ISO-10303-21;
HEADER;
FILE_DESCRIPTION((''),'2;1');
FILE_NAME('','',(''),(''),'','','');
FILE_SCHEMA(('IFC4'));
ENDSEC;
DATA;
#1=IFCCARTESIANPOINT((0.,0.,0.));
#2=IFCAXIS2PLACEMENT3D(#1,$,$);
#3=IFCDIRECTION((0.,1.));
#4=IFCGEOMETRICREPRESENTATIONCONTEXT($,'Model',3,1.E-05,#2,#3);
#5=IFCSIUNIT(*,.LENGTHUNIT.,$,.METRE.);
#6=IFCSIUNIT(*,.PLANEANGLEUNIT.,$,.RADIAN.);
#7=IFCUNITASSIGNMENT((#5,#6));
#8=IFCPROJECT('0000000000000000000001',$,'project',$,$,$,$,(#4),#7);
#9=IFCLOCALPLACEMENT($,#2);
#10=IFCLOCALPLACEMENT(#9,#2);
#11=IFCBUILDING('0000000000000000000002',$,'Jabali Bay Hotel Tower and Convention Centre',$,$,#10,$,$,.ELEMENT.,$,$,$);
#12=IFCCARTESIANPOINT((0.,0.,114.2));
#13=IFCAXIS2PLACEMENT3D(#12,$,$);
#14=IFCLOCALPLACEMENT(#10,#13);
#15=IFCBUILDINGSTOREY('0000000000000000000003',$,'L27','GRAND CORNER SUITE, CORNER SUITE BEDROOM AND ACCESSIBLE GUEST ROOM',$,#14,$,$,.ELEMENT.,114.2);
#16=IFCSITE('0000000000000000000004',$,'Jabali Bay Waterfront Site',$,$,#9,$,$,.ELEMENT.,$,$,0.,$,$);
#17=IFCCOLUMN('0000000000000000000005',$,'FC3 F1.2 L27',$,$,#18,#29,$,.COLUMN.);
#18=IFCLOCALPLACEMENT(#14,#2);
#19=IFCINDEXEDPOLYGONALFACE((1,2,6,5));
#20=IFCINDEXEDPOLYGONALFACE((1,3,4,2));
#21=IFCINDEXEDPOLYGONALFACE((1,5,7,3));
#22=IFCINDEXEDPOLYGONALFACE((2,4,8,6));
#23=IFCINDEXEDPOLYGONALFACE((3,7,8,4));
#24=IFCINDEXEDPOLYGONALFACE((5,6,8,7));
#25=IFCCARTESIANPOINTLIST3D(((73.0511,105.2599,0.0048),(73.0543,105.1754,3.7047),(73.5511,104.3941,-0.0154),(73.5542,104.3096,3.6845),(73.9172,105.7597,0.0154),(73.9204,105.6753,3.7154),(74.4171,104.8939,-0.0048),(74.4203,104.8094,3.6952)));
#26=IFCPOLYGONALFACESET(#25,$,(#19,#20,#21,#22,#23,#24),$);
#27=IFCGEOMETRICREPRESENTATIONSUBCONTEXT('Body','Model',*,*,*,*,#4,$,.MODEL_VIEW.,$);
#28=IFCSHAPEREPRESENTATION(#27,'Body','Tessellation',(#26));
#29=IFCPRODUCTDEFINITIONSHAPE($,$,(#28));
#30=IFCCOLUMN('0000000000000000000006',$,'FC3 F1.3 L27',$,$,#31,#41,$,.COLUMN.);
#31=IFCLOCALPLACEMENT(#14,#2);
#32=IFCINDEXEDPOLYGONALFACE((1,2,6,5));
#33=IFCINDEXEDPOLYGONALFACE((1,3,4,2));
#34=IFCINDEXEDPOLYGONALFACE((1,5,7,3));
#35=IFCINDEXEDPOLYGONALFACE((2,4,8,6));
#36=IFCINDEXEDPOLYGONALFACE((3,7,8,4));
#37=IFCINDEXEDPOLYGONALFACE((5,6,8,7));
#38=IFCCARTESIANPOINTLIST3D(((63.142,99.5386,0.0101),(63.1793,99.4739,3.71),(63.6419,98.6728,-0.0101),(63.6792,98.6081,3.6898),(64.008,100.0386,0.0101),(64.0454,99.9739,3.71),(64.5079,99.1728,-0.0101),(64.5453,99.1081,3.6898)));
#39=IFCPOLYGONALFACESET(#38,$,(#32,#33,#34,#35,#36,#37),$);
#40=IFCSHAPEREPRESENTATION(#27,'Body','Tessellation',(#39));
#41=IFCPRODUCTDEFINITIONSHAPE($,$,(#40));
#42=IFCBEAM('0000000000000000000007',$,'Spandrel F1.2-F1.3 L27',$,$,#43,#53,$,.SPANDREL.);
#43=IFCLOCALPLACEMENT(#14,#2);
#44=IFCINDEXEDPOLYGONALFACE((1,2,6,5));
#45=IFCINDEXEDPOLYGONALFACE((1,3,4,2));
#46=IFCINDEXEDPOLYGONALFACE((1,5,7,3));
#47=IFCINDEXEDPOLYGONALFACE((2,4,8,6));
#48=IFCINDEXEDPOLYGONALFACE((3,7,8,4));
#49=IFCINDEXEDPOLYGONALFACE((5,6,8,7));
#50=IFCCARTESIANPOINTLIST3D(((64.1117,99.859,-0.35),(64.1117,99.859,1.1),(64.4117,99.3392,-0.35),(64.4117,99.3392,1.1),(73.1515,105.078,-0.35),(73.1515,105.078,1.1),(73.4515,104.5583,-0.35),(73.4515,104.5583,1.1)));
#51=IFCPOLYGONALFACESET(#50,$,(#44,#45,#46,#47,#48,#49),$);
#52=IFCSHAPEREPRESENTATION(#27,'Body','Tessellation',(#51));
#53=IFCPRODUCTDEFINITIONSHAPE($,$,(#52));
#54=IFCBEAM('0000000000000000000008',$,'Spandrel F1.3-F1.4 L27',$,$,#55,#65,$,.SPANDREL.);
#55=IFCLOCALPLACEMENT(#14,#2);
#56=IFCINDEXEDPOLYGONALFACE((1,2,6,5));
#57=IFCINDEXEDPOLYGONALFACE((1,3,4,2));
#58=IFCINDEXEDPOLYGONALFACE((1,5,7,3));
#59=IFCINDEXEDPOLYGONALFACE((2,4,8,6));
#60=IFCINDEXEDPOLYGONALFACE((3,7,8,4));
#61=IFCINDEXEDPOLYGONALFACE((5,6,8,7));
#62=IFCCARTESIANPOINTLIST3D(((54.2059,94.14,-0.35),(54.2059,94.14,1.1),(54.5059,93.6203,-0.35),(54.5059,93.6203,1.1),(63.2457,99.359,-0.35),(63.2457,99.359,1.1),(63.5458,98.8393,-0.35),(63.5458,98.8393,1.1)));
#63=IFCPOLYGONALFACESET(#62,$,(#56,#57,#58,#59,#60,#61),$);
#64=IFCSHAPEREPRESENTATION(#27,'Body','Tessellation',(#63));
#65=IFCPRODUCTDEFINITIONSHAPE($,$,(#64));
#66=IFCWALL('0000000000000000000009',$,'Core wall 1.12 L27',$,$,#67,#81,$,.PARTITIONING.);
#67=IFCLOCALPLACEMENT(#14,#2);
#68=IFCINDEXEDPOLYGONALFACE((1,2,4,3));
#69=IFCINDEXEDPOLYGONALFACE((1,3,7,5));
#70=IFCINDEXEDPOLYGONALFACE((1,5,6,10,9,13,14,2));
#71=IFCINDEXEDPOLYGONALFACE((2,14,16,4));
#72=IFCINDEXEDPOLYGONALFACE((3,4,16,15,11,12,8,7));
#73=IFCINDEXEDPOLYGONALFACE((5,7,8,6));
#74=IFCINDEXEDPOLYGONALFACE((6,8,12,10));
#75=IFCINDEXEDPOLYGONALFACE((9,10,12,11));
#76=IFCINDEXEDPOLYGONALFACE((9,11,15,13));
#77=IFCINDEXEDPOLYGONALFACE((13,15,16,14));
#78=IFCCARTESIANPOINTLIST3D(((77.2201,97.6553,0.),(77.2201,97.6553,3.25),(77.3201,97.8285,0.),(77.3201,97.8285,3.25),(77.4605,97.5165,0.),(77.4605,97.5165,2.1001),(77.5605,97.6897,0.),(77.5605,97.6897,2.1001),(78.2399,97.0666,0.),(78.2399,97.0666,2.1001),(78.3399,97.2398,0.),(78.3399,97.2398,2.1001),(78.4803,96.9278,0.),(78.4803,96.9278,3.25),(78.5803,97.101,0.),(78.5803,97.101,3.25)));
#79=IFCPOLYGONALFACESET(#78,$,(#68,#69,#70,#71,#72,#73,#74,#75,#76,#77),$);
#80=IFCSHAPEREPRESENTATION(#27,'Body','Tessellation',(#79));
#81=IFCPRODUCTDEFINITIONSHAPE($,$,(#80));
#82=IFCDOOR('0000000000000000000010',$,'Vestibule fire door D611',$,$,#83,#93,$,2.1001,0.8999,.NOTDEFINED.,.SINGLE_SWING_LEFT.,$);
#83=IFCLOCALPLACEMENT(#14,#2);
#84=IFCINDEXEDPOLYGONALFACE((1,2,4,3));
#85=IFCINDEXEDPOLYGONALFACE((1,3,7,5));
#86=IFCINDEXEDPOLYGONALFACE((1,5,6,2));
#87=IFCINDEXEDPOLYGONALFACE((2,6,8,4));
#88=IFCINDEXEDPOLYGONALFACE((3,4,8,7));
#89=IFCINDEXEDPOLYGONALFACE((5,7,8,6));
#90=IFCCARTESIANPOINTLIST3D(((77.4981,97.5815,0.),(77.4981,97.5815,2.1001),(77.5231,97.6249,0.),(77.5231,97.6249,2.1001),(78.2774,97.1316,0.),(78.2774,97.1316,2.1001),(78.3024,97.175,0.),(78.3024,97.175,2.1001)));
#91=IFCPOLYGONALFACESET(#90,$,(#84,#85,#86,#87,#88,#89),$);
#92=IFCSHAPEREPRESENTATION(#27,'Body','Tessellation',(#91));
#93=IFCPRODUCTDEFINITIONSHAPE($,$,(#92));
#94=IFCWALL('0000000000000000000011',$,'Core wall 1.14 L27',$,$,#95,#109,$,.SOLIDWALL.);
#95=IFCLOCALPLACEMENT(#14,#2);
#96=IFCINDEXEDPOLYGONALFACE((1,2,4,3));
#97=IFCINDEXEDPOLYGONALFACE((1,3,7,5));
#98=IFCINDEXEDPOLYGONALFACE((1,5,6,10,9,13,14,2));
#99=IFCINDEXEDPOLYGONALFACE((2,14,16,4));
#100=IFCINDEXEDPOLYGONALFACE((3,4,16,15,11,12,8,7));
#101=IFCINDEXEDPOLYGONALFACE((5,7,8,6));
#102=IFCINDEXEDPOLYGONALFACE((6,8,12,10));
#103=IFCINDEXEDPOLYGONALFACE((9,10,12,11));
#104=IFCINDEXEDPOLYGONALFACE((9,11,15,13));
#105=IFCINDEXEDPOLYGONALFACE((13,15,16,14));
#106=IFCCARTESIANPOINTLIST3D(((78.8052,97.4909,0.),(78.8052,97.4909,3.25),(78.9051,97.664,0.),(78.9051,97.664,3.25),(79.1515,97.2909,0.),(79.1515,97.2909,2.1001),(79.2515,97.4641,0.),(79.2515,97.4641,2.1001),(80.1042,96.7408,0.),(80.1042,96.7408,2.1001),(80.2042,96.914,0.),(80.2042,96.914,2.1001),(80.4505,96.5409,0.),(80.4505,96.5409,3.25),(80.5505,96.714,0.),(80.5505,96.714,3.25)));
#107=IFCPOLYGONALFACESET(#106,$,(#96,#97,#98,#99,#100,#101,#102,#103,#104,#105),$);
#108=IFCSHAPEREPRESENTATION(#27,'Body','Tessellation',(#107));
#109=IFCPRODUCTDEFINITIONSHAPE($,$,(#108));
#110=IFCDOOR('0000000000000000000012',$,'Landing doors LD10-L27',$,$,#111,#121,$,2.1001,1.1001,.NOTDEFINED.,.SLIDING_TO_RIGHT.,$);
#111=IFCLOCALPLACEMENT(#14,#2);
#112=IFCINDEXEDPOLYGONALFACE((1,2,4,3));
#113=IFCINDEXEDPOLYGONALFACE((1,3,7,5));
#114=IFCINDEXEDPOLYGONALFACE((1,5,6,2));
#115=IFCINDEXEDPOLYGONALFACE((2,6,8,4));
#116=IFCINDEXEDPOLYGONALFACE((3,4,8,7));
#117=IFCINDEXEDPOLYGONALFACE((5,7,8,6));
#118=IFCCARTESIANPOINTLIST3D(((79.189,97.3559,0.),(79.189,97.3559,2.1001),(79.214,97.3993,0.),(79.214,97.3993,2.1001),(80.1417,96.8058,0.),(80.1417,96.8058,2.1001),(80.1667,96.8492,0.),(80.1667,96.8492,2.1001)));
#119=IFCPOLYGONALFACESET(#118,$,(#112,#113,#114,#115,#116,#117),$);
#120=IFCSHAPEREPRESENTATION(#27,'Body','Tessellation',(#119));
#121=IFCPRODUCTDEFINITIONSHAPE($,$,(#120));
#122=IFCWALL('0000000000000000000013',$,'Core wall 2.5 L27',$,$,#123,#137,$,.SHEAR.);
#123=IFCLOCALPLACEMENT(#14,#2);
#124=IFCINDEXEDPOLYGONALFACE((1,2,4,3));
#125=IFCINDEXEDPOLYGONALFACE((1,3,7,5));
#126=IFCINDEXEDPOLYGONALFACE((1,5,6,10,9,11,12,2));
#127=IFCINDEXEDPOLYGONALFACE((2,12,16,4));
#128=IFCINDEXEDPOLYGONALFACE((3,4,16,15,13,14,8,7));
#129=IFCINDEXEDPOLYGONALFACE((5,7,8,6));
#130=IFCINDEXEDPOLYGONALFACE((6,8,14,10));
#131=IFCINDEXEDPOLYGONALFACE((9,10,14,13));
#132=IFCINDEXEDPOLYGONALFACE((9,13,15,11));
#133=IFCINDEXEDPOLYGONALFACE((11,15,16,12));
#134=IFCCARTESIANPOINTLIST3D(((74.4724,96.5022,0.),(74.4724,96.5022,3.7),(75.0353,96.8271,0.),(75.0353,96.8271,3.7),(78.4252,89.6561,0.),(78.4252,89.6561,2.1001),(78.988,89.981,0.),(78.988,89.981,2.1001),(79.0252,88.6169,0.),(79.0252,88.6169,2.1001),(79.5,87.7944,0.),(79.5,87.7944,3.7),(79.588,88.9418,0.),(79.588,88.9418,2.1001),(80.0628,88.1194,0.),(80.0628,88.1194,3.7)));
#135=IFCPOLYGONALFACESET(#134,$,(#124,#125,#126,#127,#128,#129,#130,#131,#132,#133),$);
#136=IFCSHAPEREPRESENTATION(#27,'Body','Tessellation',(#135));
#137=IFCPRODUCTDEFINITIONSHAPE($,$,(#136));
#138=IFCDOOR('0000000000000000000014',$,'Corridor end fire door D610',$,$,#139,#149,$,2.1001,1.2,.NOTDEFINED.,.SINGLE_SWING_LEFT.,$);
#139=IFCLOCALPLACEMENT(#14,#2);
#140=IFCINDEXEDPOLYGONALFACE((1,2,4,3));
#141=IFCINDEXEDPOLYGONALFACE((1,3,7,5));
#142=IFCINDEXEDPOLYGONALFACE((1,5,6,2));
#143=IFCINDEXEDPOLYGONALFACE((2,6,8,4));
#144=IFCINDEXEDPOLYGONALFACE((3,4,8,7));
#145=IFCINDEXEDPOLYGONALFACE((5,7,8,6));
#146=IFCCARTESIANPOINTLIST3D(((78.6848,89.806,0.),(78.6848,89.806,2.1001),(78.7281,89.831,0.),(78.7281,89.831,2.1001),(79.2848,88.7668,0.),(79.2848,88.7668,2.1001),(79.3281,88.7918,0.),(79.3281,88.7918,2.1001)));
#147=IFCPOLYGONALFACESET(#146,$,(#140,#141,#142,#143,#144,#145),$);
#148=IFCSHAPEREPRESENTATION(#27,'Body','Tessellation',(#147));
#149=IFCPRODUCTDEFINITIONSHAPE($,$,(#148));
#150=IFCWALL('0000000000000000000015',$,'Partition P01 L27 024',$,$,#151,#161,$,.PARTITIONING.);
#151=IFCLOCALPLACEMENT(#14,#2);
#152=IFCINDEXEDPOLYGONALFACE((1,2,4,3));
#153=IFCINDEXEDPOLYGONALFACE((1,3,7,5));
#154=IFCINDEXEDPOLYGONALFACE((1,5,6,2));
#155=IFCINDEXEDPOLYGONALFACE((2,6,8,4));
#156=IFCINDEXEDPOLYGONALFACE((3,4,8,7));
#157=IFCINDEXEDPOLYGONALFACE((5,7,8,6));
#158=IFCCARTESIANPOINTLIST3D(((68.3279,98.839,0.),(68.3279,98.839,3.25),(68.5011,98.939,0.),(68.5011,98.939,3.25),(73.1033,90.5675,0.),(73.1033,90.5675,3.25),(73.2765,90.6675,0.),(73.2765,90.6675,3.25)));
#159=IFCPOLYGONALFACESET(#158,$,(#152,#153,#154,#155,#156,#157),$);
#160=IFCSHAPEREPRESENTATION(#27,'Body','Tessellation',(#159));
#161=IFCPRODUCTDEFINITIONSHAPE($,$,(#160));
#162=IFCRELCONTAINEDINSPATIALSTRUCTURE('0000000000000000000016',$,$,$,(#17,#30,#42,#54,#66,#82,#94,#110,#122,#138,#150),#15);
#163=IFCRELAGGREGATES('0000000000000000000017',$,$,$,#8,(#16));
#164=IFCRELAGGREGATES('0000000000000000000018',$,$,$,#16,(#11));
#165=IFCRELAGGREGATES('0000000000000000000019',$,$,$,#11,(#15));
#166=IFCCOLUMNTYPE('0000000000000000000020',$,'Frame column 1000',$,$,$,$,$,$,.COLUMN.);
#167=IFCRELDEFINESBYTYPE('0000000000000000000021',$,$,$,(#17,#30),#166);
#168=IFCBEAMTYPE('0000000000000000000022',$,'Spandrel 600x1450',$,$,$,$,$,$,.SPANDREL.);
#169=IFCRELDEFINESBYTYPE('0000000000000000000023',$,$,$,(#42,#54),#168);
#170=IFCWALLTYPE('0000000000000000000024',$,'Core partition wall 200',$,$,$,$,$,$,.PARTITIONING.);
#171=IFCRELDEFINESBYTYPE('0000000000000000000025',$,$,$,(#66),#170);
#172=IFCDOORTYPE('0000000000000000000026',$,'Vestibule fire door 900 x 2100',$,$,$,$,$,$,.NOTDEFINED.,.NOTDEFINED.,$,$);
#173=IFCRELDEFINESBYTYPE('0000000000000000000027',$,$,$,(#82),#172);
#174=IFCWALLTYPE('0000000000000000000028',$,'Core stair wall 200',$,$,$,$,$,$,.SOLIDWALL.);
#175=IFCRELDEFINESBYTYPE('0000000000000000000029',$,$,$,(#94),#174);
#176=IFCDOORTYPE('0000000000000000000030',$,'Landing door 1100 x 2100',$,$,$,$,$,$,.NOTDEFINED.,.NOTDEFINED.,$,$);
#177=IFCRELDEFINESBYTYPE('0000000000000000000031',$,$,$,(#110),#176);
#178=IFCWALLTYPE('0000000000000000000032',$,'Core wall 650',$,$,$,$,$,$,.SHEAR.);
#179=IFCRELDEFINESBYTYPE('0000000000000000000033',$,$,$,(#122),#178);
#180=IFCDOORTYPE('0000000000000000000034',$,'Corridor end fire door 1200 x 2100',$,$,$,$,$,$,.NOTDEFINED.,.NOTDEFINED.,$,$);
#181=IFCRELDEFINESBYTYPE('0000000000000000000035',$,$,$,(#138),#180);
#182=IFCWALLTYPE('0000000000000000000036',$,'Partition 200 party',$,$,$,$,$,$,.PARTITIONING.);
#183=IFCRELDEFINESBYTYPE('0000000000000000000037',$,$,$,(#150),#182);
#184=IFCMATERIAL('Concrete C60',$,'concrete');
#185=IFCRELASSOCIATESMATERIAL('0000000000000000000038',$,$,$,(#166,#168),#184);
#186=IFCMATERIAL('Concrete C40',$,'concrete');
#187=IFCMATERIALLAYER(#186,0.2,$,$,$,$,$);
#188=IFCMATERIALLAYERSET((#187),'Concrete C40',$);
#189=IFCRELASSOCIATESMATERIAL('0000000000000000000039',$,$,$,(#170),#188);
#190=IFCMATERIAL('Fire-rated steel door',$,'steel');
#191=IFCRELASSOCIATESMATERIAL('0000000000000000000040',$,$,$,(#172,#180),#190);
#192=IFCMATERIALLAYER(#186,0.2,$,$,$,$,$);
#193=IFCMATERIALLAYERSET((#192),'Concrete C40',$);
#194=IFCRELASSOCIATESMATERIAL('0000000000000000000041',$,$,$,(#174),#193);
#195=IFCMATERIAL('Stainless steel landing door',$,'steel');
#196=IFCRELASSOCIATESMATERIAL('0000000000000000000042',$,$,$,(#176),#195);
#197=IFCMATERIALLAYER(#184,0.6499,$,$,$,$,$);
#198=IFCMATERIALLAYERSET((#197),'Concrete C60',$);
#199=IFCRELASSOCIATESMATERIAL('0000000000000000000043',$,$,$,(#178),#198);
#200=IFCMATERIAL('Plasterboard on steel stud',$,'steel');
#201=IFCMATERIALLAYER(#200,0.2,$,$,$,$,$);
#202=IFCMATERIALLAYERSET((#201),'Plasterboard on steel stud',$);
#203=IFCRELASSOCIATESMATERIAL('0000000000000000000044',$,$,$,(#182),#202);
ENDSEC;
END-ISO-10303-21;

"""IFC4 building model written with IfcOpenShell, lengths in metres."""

from ifc_helpers import new_model, si_unit, direction, frame, frame_2d, origin, origin_2d, place, context, subcontext, project, spatial, rectangle, extrude, material, layer, layer_set, material_profile, profile_set, type_object, element, fill, save


model = new_model("IFC4")

# Units and contexts
model_context = context("Model", 3, precision=1e-05, world=origin(), true_north=direction((0.0, 1.0)))
body_context = subcontext(model_context, "Body", "Model", "MODEL_VIEW")
ifc_project = project(units=[si_unit("LENGTHUNIT", "METRE"), si_unit("PLANEANGLEUNIT", "RADIAN")], contexts=[model_context])

# Site, building, storey
site_placement = place(None, origin())
site = spatial("IfcSite", under=ifc_project, at=site_placement, Name="Jabali Bay Waterfront Site", CompositionType="ELEMENT", RefElevation=0.0)
building_placement = place(site_placement, origin())
building = spatial("IfcBuilding", under=site, at=building_placement, Name="Jabali Bay Hotel Tower and Convention Centre", CompositionType="ELEMENT")
storey_placement = place(building_placement, frame((0.0, 0.0, 114.2)))
storey = spatial("IfcBuildingStorey", under=building, at=storey_placement, Name="L27", Description="GRAND CORNER SUITE, CORNER SUITE BEDROOM AND ACCESSIBLE GUEST ROOM", CompositionType="ELEMENT", Elevation=114.2)

# Columns
ifc_material_1 = material(Name="Concrete C60", Category="concrete")
ifc_material_profile_1 = material_profile(ifc_material_1, rectangle(XDim=1.0, YDim=1.0, at=origin_2d()), Name="Frame column 1000")
ifc_profile_set_1 = profile_set([ifc_material_profile_1], Name="Concrete C60")
column_type = type_object("IfcColumnType", Name="Frame column 1000", PredefinedType="COLUMN", material=ifc_profile_set_1)
column_1_placement = place(storey_placement, frame((73.7341, 105.0769, 0.0), z_axis=(0.000858, -0.022825, 0.999739), x_axis=(0.86606, 0.499826, 0.010668)))
element("IfcColumn", 1, at=column_1_placement, inside=storey, type_object=column_type, Name="FC3 F1.2 L27", PredefinedType="COLUMN", context=body_context, shape_type="SweptSolid", body=[
    extrude(rectangle(XDim=1.0, YDim=1.0, at=origin_2d()), origin(), (0.0, 0.0, 1.0), 3.7009),
])
column_2_placement = place(storey_placement, frame((63.825, 99.3557, 0.0), z_axis=(0.010094, -0.017482, 0.999796), x_axis=(-0.499897, 0.86585, 0.020187)))
element("IfcColumn", 2, at=column_2_placement, inside=storey, type_object=column_type, Name="FC3 F1.3 L27", PredefinedType="COLUMN", context=body_context, shape_type="SweptSolid", body=[
    extrude(rectangle(XDim=1.0, YDim=1.0, at=origin_2d()), origin(), (0.0, 0.0, 1.0), 3.7007),
])

# Beams
ifc_material_profile_2 = material_profile(ifc_material_1, rectangle(XDim=0.6001, YDim=1.45, at=origin_2d()), Name="Spandrel 600x1450")
ifc_profile_set_2 = profile_set([ifc_material_profile_2], Name="Concrete C60")
beam_type = type_object("IfcBeamType", Name="Spandrel 600x1450", PredefinedType="SPANDREL", material=ifc_profile_set_2)
for number, where, z_axis, x_axis, name in (
    (3, (73.3015, 104.8181, 0.375), (-0.866031, -0.49999, 0.0), (0.49999, -0.866031, 0.0), "Spandrel F1.2-F1.3 L27"),
    (4, (63.3958, 99.0991, 0.375), (-0.866031, -0.49999, 0.0), (0.49999, -0.866031, 0.0), "Spandrel F1.3-F1.4 L27"),
):
    element("IfcBeam", number, at=place(storey_placement, frame(where, z_axis=z_axis, x_axis=x_axis)), inside=storey, type_object=beam_type, Name=name, PredefinedType="SPANDREL", context=body_context, shape_type="SweptSolid", body=[
        extrude(rectangle(XDim=0.6001, YDim=1.45, at=origin_2d()), origin(), (0.0, 0.0, 1.0), 10.4382),
    ])

# Walls, openings, doors
ifc_material_2 = material(Name="Concrete C40", Category="concrete")
ifc_layer_1 = layer(ifc_material_2, 0.2)
ifc_layer_set_1 = layer_set([ifc_layer_1], Name="Concrete C40")
wall_type_1 = type_object("IfcWallType", Name="Core partition wall 200", PredefinedType="PARTITIONING", material=ifc_layer_set_1)
wall_1_placement = place(storey_placement, frame((78.5303, 97.0144, 0.0), z_axis=(0.0, 0.0, 1.0), x_axis=(-0.866046, 0.499965, 0.0)))
wall_1 = element("IfcWall", 5, at=wall_1_placement, inside=storey, type_object=wall_type_1, Name="Core wall 1.12 L27", PredefinedType="PARTITIONING", context=body_context, shape_type="SweptSolid", body=[
    extrude(rectangle(XDim=1.4551, YDim=0.2, at=frame_2d((0.7275, 0.0))), origin(), (0.0, 0.0, 1.0), 3.25),
])
opening_1_placement = place(wall_1_placement, frame((0.2776, 0.0, 0.0)))
opening_1 = element("IfcOpeningElement", 6, at=opening_1_placement, cuts=wall_1, PredefinedType="OPENING", context=body_context, shape_type="SweptSolid", body=[
    extrude(rectangle(XDim=0.8999, YDim=2.1001, at=frame_2d((0.45, 1.05))), frame((0.0, 0.1104, 0.0), z_axis=(0.0, -1.0, 0.0), x_axis=(1.0, 0.0, 0.0)), (0.0, 0.0, 1.0), 0.2209),
])
ifc_material_3 = material(Name="Fire-rated steel door", Category="steel")
door_type_1 = type_object("IfcDoorType", Name="Vestibule fire door 900 x 2100", OperationType="NOTDEFINED", PredefinedType="NOTDEFINED", material=ifc_material_3)
door_1_placement = place(opening_1_placement, origin())
door_1 = element("IfcDoor", 7, at=door_1_placement, inside=storey, type_object=door_type_1, Name="Vestibule fire door D611", OperationType="SINGLE_SWING_LEFT", OverallHeight=2.1001, OverallWidth=0.8999, PredefinedType="NOTDEFINED", context=body_context, shape_type="SweptSolid", body=[
    extrude(rectangle(XDim=0.8999, YDim=2.1001, at=frame_2d((0.45, 1.05))), frame((0.0, 0.0249, 0.0), z_axis=(0.0, -1.0, 0.0), x_axis=(1.0, 0.0, 0.0)), (0.0, 0.0, 1.0), 0.05),
])
fill(opening_1, door_1)
ifc_layer_2 = layer(ifc_material_2, 0.2)
ifc_layer_set_2 = layer_set([ifc_layer_2], Name="Concrete C40")
wall_type_2 = type_object("IfcWallType", Name="Core stair wall 200", PredefinedType="SOLIDWALL", material=ifc_layer_set_2)
wall_2_placement = place(storey_placement, frame((80.5005, 96.6274, 0.0), z_axis=(0.0, 0.0, 1.0), x_axis=(-0.866012, 0.500023, 0.0)))
wall_2 = element("IfcWall", 8, at=wall_2_placement, inside=storey, type_object=wall_type_2, Name="Core wall 1.14 L27", PredefinedType="SOLIDWALL", context=body_context, shape_type="SweptSolid", body=[
    extrude(rectangle(XDim=1.8999, YDim=0.2, at=frame_2d((0.95, 0.0))), origin(), (0.0, 0.0, 1.0), 3.25),
])
opening_2_placement = place(wall_2_placement, frame((0.3999, 0.0, 0.0)))
opening_2 = element("IfcOpeningElement", 9, at=opening_2_placement, cuts=wall_2, PredefinedType="OPENING", context=body_context, shape_type="SweptSolid", body=[
    extrude(rectangle(XDim=1.1001, YDim=2.1001, at=frame_2d((0.55, 1.05))), frame((0.0, 0.1104, 0.0), z_axis=(0.0, -1.0, 0.0), x_axis=(1.0, 0.0, 0.0)), (0.0, 0.0, 1.0), 0.2209),
])
ifc_material_4 = material(Name="Stainless steel landing door", Category="steel")
door_type_2 = type_object("IfcDoorType", Name="Landing door 1100 x 2100", OperationType="NOTDEFINED", PredefinedType="NOTDEFINED", material=ifc_material_4)
door_2_placement = place(opening_2_placement, origin())
door_2 = element("IfcDoor", 10, at=door_2_placement, inside=storey, type_object=door_type_2, Name="Landing doors LD10-L27", OperationType="SLIDING_TO_RIGHT", OverallHeight=2.1001, OverallWidth=1.1001, PredefinedType="NOTDEFINED", context=body_context, shape_type="SweptSolid", body=[
    extrude(rectangle(XDim=1.1001, YDim=2.1001, at=frame_2d((0.55, 1.05))), frame((0.0, 0.0249, 0.0), z_axis=(0.0, -1.0, 0.0), x_axis=(1.0, 0.0, 0.0)), (0.0, 0.0, 1.0), 0.05),
])
fill(opening_2, door_2)
ifc_layer_3 = layer(ifc_material_1, 0.6499)
ifc_layer_set_3 = layer_set([ifc_layer_3], Name="Concrete C60")
wall_type_3 = type_object("IfcWallType", Name="Core wall 650", PredefinedType="SHEAR", material=ifc_layer_set_3)
wall_3_placement = place(storey_placement, frame((74.7539, 96.6646, 0.0), z_axis=(0.0, 0.0, 1.0), x_axis=(0.500012, -0.866019, 0.0)))
wall_3 = element("IfcWall", 11, at=wall_3_placement, inside=storey, type_object=wall_type_3, Name="Core wall 2.5 L27", PredefinedType="SHEAR", context=body_context, shape_type="SweptSolid", body=[
    extrude(rectangle(XDim=10.0549, YDim=0.6499, at=frame_2d((5.0273, 0.0))), origin(), (0.0, 0.0, 1.0), 3.7),
])
opening_3_placement = place(wall_3_placement, frame((7.905, 0.0, 0.0)))
opening_3 = element("IfcOpeningElement", 12, at=opening_3_placement, cuts=wall_3, PredefinedType="OPENING", context=body_context, shape_type="SweptSolid", body=[
    extrude(rectangle(XDim=1.2, YDim=2.1001, at=frame_2d((0.6001, 1.05))), frame((0.0, 0.3354, 0.0), z_axis=(0.0, -1.0, 0.0), x_axis=(1.0, 0.0, 0.0)), (0.0, 0.0, 1.0), 0.6709),
])
door_type_3 = type_object("IfcDoorType", Name="Corridor end fire door 1200 x 2100", OperationType="NOTDEFINED", PredefinedType="NOTDEFINED", material=ifc_material_3)
door_3_placement = place(opening_3_placement, origin())
door_3 = element("IfcDoor", 13, at=door_3_placement, inside=storey, type_object=door_type_3, Name="Corridor end fire door D610", OperationType="SINGLE_SWING_LEFT", OverallHeight=2.1001, OverallWidth=1.2, PredefinedType="NOTDEFINED", context=body_context, shape_type="SweptSolid", body=[
    extrude(rectangle(XDim=1.2, YDim=2.1001, at=frame_2d((0.6001, 1.05))), frame((0.0, 0.0249, 0.0), z_axis=(0.0, -1.0, 0.0), x_axis=(1.0, 0.0, 0.0)), (0.0, 0.0, 1.0), 0.05),
])
fill(opening_3, door_3)

# Wall
ifc_material_5 = material(Name="Plasterboard on steel stud", Category="steel")
ifc_layer_4 = layer(ifc_material_5, 0.2)
ifc_layer_set_4 = layer_set([ifc_layer_4], Name="Plasterboard on steel stud")
wall_type_4 = type_object("IfcWallType", Name="Partition 200 party", PredefinedType="PARTITIONING", material=ifc_layer_set_4)
wall_4_placement = place(storey_placement, frame((68.4146, 98.8889, 0.0), z_axis=(0.0, 0.0, 1.0), x_axis=(0.499988, -0.866032, 0.0)))
element("IfcWall", 14, at=wall_4_placement, inside=storey, type_object=wall_type_4, Name="Partition P01 L27 024", PredefinedType="PARTITIONING", context=body_context, shape_type="SweptSolid", body=[
    extrude(rectangle(XDim=9.551, YDim=0.2, at=frame_2d((4.7754, 0.0))), origin(), (0.0, 0.0, 1.0), 3.25),
])

save(model, "model.ifc")
